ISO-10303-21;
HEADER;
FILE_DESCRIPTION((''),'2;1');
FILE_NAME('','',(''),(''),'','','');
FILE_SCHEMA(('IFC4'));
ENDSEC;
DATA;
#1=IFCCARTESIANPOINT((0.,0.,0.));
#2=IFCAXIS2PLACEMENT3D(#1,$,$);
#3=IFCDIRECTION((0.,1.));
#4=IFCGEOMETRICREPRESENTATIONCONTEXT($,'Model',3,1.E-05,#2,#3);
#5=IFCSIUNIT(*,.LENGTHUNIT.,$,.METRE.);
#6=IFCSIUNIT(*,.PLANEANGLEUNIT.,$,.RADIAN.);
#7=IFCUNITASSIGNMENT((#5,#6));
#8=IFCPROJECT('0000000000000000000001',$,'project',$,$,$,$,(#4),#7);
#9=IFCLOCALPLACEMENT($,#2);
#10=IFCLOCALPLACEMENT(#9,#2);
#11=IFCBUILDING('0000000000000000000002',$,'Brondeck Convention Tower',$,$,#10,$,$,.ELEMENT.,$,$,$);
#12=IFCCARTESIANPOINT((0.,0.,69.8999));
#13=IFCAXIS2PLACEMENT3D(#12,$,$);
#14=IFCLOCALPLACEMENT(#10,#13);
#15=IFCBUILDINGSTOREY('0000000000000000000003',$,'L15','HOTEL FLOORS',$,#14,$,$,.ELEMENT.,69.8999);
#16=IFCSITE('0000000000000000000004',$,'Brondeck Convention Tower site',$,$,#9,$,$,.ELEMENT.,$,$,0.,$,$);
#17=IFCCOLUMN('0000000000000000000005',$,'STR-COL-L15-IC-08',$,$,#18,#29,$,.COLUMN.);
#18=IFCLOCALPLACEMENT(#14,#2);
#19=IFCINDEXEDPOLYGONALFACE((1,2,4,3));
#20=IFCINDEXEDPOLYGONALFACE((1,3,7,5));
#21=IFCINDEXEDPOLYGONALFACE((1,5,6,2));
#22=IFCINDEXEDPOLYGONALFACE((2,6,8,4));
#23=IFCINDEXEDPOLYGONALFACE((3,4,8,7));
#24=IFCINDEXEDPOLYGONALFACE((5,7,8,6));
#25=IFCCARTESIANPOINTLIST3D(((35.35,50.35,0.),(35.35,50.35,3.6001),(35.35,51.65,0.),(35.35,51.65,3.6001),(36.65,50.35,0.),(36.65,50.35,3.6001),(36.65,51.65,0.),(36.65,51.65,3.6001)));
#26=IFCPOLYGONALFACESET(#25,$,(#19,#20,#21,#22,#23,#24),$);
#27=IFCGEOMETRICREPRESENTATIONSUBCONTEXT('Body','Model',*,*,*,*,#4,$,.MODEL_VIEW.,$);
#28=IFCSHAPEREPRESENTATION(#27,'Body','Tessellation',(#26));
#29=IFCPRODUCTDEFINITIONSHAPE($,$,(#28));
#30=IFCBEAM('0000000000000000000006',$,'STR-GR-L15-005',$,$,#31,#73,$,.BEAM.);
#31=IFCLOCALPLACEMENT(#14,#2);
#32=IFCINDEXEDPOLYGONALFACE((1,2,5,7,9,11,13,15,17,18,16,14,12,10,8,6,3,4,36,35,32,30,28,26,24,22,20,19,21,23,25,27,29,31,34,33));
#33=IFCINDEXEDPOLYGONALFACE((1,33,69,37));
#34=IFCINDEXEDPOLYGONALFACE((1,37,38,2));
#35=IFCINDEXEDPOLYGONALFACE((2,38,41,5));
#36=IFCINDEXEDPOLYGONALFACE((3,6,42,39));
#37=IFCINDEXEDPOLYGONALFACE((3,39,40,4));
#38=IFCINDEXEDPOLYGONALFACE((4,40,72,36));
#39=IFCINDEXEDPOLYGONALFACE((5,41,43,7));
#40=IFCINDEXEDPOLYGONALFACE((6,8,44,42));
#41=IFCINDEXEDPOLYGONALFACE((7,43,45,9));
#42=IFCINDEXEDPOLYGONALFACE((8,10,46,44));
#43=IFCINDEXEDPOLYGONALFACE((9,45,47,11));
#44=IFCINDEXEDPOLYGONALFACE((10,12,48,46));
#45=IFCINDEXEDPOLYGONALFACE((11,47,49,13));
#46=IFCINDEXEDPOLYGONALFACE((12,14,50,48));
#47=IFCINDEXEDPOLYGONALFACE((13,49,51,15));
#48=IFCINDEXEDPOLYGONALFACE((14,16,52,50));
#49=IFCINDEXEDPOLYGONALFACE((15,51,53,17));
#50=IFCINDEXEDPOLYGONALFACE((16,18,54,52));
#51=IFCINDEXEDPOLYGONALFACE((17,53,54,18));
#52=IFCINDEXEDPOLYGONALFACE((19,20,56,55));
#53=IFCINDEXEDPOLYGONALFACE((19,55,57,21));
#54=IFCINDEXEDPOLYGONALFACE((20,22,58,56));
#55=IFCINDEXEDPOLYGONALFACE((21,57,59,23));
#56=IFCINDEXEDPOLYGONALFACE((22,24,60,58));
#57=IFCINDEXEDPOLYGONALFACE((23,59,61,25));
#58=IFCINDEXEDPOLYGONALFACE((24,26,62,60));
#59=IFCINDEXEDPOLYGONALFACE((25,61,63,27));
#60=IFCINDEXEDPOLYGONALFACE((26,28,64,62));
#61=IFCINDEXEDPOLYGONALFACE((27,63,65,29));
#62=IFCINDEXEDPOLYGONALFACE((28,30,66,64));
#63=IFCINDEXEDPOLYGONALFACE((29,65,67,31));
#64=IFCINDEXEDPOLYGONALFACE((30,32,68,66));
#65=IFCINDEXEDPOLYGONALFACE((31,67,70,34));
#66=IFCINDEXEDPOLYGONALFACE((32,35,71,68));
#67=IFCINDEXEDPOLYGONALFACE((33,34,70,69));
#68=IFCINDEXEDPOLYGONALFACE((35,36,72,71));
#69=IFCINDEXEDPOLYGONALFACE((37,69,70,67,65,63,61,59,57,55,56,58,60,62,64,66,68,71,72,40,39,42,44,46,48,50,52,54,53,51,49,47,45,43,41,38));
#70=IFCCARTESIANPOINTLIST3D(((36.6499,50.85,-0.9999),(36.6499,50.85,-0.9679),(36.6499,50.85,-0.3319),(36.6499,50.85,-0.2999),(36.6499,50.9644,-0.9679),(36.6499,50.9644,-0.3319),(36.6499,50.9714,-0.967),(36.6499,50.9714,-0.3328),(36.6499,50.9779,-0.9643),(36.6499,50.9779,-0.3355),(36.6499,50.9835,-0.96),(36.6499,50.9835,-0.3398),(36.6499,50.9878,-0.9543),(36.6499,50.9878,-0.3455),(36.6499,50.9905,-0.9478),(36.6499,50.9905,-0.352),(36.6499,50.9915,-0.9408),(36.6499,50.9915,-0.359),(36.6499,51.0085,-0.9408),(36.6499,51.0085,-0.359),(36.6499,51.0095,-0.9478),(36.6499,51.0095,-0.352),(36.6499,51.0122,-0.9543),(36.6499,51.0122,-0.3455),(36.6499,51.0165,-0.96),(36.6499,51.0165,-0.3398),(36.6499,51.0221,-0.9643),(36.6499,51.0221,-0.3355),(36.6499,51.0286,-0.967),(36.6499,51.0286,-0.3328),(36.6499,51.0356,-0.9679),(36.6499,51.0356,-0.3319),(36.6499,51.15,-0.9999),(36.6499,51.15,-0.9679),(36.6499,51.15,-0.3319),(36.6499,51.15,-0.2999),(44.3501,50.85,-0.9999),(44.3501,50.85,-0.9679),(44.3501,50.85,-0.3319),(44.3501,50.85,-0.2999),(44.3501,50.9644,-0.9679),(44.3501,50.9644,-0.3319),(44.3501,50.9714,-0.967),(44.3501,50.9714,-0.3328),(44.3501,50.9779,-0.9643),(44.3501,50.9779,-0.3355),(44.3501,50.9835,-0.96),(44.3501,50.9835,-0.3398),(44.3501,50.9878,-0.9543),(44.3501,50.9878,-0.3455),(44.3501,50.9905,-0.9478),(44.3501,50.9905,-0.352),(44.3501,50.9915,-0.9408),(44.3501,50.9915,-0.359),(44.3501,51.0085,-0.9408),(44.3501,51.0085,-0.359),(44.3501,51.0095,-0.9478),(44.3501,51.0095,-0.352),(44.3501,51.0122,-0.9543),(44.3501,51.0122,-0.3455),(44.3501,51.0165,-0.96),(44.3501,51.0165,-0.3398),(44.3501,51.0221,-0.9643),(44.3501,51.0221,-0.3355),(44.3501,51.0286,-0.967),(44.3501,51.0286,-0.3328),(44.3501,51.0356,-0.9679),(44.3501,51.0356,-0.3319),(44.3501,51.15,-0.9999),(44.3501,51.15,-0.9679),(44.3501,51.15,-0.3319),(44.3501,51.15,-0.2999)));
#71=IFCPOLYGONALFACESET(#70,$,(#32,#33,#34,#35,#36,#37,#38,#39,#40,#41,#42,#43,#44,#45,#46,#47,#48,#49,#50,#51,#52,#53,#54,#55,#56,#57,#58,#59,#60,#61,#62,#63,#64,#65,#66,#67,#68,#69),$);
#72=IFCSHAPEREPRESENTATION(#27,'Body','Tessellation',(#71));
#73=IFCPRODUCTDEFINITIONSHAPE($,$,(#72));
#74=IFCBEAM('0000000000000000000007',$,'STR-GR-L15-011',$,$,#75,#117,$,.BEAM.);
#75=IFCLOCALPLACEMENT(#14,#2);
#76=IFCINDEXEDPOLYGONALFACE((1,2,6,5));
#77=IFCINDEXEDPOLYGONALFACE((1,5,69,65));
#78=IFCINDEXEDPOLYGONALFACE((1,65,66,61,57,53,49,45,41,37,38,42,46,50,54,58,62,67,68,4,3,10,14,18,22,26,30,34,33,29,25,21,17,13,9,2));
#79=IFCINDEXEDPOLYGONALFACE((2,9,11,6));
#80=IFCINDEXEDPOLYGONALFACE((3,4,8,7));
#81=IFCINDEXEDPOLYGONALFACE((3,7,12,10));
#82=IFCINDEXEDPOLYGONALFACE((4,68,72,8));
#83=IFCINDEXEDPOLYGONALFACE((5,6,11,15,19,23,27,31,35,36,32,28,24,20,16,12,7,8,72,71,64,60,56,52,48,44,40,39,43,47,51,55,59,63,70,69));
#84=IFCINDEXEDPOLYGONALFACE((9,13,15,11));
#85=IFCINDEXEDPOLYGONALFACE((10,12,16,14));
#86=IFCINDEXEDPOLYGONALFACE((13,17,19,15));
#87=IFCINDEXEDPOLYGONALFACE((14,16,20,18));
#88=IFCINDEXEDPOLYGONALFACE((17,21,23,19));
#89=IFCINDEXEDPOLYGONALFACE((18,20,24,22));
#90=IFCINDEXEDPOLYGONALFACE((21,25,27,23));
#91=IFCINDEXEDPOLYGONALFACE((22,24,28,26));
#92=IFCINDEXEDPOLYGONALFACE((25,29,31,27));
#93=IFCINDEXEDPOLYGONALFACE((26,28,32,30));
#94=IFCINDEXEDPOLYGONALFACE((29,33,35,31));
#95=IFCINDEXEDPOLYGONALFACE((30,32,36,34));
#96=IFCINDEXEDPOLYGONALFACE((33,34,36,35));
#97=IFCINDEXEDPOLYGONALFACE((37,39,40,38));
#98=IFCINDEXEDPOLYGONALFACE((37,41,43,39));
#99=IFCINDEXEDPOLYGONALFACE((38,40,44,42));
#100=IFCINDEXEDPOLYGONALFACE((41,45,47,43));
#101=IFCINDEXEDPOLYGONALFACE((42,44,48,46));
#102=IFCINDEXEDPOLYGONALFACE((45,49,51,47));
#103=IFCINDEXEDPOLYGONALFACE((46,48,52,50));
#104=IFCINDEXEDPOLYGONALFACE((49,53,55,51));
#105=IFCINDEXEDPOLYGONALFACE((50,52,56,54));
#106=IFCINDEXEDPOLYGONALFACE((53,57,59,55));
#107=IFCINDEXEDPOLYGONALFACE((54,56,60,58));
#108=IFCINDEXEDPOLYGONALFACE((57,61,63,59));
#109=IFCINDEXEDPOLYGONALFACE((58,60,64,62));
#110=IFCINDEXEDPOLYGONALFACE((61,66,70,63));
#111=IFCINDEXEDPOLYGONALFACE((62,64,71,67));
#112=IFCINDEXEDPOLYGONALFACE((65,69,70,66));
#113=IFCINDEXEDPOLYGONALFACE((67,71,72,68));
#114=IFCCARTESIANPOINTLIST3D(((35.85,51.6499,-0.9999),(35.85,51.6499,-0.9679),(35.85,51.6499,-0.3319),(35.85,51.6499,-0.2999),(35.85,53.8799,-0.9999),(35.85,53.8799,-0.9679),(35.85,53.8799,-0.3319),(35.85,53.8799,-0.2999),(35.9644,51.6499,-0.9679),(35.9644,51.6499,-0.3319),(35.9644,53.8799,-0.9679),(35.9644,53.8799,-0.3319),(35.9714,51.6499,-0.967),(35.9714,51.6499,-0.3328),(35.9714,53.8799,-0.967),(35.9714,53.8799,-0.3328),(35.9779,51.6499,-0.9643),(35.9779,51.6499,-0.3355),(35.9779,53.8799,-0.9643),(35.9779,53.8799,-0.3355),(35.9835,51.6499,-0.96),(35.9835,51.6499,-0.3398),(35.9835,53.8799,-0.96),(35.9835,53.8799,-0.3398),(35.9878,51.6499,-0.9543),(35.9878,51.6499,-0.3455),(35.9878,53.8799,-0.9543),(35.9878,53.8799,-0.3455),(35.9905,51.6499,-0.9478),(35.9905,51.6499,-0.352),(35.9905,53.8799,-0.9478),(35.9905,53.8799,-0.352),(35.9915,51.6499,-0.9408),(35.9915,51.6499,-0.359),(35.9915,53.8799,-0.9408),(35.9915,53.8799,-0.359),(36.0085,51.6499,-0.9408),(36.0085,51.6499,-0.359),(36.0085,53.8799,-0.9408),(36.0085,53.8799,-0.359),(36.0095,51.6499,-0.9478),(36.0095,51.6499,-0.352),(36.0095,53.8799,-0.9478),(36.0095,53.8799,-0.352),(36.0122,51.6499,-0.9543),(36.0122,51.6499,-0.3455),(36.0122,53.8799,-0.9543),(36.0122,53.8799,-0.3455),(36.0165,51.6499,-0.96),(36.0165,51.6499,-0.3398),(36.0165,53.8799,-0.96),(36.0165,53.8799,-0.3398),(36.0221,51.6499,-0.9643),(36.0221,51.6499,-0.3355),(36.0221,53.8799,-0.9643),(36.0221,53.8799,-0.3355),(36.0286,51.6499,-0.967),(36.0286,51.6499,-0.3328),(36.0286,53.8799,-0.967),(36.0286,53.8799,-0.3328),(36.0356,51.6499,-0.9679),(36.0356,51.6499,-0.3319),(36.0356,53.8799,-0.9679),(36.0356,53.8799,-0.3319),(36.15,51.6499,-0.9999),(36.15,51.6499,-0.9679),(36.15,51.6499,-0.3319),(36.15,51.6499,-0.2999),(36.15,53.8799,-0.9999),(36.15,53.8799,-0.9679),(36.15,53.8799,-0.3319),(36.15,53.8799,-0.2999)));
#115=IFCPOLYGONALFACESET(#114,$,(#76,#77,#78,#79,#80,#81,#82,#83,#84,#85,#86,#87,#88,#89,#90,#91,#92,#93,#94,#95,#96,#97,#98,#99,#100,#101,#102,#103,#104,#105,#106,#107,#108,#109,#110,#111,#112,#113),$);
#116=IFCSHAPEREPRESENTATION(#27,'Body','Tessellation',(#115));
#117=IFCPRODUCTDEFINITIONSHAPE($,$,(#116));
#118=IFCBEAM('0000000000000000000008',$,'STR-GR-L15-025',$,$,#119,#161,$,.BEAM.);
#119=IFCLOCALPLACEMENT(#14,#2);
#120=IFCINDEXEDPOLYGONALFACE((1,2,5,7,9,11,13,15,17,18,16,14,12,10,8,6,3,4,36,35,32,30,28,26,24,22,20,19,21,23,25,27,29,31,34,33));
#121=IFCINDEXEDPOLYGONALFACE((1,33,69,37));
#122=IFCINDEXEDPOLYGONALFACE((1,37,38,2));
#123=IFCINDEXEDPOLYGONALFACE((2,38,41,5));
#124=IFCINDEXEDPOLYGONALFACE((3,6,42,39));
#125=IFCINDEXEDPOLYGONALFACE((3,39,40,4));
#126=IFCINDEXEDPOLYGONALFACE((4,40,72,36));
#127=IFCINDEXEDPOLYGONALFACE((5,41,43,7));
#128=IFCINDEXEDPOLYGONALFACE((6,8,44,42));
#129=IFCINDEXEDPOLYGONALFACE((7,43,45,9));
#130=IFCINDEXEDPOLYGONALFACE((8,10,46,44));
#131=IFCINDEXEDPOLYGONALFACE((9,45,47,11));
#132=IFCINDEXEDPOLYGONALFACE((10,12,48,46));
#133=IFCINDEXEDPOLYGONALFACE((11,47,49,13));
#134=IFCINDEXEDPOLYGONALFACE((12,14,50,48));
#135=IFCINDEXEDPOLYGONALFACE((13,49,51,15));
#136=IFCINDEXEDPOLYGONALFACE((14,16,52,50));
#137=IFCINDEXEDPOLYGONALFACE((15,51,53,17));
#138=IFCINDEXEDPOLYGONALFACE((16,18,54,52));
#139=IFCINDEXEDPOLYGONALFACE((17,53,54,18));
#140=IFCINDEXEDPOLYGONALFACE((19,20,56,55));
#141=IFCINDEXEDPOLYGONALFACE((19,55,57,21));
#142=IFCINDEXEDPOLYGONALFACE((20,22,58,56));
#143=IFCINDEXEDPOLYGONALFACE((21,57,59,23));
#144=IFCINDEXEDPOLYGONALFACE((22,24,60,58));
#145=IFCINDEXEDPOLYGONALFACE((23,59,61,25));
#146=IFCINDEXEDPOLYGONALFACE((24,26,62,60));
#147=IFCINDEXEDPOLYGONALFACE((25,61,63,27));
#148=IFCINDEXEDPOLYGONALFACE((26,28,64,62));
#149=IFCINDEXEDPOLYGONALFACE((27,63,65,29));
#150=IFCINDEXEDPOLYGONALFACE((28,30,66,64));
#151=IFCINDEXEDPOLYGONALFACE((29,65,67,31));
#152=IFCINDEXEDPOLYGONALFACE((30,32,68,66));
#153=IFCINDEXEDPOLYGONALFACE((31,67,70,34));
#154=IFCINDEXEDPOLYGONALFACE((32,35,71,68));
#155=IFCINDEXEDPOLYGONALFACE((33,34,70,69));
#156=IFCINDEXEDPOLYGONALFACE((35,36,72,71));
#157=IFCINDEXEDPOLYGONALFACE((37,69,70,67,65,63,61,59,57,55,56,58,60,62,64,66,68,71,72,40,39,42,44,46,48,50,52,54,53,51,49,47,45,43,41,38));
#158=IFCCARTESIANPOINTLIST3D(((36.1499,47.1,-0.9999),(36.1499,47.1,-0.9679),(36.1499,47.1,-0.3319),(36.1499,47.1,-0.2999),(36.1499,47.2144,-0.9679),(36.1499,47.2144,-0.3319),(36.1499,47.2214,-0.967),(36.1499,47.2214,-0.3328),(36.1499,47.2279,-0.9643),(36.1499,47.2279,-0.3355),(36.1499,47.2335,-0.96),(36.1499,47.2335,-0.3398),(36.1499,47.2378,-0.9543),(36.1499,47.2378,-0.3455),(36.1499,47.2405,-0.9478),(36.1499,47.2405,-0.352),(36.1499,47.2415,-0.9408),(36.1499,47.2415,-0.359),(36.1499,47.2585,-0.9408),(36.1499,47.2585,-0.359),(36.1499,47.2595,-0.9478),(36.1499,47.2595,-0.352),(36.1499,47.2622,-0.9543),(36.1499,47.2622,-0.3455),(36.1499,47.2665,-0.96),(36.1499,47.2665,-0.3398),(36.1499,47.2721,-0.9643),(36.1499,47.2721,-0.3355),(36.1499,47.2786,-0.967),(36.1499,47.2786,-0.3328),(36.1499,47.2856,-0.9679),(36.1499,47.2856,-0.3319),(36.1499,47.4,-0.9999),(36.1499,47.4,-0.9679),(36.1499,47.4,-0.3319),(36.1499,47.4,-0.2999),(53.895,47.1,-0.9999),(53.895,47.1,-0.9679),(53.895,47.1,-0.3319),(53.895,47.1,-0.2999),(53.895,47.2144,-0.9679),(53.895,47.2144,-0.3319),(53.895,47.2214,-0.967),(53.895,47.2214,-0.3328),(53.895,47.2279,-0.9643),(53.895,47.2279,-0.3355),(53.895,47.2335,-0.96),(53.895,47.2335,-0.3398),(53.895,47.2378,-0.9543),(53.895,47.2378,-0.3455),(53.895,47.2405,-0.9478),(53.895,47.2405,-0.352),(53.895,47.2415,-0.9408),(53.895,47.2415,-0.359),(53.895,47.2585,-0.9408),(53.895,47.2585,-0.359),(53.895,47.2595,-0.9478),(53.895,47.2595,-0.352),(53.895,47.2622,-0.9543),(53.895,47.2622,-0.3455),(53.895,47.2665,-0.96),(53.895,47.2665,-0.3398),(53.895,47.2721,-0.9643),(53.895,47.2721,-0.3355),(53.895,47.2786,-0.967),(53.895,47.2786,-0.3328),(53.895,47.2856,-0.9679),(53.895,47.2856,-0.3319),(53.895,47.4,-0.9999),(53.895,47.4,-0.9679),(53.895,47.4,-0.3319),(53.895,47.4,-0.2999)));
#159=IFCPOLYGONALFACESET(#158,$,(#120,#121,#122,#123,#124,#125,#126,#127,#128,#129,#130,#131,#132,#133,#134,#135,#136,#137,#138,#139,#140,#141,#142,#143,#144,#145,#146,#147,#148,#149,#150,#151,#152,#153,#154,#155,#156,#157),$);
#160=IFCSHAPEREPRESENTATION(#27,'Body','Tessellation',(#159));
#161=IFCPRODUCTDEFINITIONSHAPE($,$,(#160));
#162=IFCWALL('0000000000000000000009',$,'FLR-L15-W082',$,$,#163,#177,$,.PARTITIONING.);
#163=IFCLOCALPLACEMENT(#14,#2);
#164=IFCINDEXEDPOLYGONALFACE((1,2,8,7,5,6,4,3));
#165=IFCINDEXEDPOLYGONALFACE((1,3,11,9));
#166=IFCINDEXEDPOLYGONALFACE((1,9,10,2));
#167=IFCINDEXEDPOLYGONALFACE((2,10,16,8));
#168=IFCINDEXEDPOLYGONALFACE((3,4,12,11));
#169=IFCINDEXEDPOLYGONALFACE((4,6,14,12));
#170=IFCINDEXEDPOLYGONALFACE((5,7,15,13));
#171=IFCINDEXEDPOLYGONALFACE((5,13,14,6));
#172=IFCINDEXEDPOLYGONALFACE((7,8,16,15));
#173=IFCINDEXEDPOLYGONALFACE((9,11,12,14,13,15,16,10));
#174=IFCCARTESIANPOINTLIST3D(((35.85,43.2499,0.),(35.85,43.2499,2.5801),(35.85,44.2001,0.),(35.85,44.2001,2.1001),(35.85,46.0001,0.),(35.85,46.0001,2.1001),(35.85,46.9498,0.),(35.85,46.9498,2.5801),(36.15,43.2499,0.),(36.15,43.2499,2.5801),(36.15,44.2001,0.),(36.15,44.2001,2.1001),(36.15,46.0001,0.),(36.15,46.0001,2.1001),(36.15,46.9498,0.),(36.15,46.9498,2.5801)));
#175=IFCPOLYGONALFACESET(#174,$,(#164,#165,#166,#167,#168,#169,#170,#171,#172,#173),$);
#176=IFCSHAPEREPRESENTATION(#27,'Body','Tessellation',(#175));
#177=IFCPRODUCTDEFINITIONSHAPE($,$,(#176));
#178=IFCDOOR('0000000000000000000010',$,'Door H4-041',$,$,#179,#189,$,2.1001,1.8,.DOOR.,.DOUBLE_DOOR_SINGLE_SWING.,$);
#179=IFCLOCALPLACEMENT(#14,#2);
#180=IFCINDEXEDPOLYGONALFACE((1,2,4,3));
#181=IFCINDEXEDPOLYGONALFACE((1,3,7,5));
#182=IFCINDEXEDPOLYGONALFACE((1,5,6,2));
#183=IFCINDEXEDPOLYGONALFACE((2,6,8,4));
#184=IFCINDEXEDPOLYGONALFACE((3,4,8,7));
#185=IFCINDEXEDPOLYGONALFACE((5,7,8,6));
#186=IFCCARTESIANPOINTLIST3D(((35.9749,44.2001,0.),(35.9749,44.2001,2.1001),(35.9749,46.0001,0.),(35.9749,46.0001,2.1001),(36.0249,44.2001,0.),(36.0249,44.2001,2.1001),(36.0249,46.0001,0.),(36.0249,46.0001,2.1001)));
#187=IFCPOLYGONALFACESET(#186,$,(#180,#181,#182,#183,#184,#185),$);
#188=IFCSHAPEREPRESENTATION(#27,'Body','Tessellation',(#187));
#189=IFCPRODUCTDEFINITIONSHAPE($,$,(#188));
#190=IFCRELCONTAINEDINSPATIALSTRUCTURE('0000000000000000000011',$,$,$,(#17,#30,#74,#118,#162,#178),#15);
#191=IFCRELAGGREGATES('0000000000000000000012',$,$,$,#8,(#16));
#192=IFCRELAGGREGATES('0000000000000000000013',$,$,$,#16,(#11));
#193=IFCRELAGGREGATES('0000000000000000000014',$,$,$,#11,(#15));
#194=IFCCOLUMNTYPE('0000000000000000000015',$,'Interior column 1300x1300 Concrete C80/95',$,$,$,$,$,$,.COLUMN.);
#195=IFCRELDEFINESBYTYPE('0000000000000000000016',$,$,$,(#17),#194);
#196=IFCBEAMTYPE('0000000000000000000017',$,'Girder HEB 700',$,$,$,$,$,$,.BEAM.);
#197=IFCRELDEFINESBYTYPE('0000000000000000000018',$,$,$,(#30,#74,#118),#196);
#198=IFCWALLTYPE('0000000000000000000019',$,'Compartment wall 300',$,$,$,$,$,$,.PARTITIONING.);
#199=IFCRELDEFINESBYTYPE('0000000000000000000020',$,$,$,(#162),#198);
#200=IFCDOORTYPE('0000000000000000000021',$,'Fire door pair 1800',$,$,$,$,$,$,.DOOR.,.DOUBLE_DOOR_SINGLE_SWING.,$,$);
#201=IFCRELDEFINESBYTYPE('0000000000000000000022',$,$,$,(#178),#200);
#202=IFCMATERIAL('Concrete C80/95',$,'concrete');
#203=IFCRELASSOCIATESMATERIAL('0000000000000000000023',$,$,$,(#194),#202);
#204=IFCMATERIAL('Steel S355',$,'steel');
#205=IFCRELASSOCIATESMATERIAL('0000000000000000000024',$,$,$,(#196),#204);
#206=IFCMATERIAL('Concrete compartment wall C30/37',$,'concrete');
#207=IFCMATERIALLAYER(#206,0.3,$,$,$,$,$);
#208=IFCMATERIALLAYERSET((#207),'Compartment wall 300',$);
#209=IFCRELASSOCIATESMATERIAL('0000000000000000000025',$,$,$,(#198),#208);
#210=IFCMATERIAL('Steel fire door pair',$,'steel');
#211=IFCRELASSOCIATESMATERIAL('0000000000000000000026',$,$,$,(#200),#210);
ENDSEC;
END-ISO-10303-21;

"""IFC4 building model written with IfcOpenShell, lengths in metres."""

from ifc_helpers import new_model, si_unit, direction, frame, frame_2d, origin, origin_2d, place, context, subcontext, project, spatial, rectangle, i_section, extrude, material, layer, layer_set, material_profile, profile_set, type_object, element, fill, save


model = new_model("IFC4")

# Units and contexts
model_context = context("Model", 3, precision=1e-05, world=origin(), true_north=direction((0.0, 1.0)))
body_context = subcontext(model_context, "Body", "Model", "MODEL_VIEW")
ifc_project = project(units=[si_unit("LENGTHUNIT", "METRE"), si_unit("PLANEANGLEUNIT", "RADIAN")], contexts=[model_context])

# Site, building, storey
site_placement = place(None, origin())
site = spatial("IfcSite", under=ifc_project, at=site_placement, Name="Brondeck Convention Tower site", CompositionType="ELEMENT", RefElevation=0.0)
building_placement = place(site_placement, origin())
building = spatial("IfcBuilding", under=site, at=building_placement, Name="Brondeck Convention Tower", CompositionType="ELEMENT")
storey_placement = place(building_placement, frame((0.0, 0.0, 69.8999)))
storey = spatial("IfcBuildingStorey", under=building, at=storey_placement, Name="L15", Description="HOTEL FLOORS", CompositionType="ELEMENT", Elevation=69.8999)

# Column
ifc_material_1 = material(Name="Concrete C80/95", Category="concrete")
ifc_material_profile_1 = material_profile(ifc_material_1, rectangle(XDim=1.3, YDim=1.3, at=origin_2d()), Name="Interior column 1300x1300 Concrete C80/95")
ifc_profile_set_1 = profile_set([ifc_material_profile_1], Name="Concrete C80/95")
column_type = type_object("IfcColumnType", Name="Interior column 1300x1300 Concrete C80/95", PredefinedType="COLUMN", material=ifc_profile_set_1)
column_placement = place(storey_placement, frame((36.0, 51.0, 0.0), z_axis=(0.0, 0.0, 1.0), x_axis=(1.0, 0.0, 0.0)))
element("IfcColumn", 1, at=column_placement, inside=storey, type_object=column_type, Name="STR-COL-L15-IC-08", PredefinedType="COLUMN", context=body_context, shape_type="SweptSolid", body=[
    extrude(rectangle(XDim=1.3, YDim=1.3, at=origin_2d()), origin(), (0.0, 0.0, 1.0), 3.6001),
])

# Beams
ifc_material_2 = material(Name="Steel S355", Category="steel")
ifc_material_profile_2 = material_profile(ifc_material_2, i_section(OverallWidth=0.3, OverallDepth=0.7, WebThickness=0.0171, FlangeThickness=0.032, FilletRadius=0.0271, at=origin_2d()), Name="HEB 700")
ifc_profile_set_2 = profile_set([ifc_material_profile_2], Name="Steel S355")
beam_type = type_object("IfcBeamType", Name="Girder HEB 700", PredefinedType="BEAM", material=ifc_profile_set_2)
beam_1_placement = place(storey_placement, frame((36.6499, 51.0, -0.6499), z_axis=(1.0, 0.0, 0.0), x_axis=(0.0, 1.0, 0.0)))
element("IfcBeam", 2, at=beam_1_placement, inside=storey, type_object=beam_type, Name="STR-GR-L15-005", PredefinedType="BEAM", context=body_context, shape_type="SweptSolid", body=[
    extrude(i_section(OverallWidth=0.3, OverallDepth=0.7, WebThickness=0.0171, FlangeThickness=0.032, FilletRadius=0.0271, at=origin_2d()), origin(), (0.0, 0.0, 1.0), 7.7002),
])
beam_2_placement = place(storey_placement, frame((36.0, 51.6499, -0.6499), z_axis=(0.0, 1.0, 0.0), x_axis=(-1.0, 0.0, 0.0)))
element("IfcBeam", 3, at=beam_2_placement, inside=storey, type_object=beam_type, Name="STR-GR-L15-011", PredefinedType="BEAM", context=body_context, shape_type="SweptSolid", body=[
    extrude(i_section(OverallWidth=0.3, OverallDepth=0.7, WebThickness=0.0171, FlangeThickness=0.032, FilletRadius=0.0271, at=origin_2d()), origin(), (0.0, 0.0, 1.0), 2.23),
])
beam_3_placement = place(storey_placement, frame((36.1499, 47.25, -0.6499), z_axis=(1.0, 0.0, 0.0), x_axis=(0.0, 1.0, 0.0)))
element("IfcBeam", 4, at=beam_3_placement, inside=storey, type_object=beam_type, Name="STR-GR-L15-025", PredefinedType="BEAM", context=body_context, shape_type="SweptSolid", body=[
    extrude(i_section(OverallWidth=0.3, OverallDepth=0.7, WebThickness=0.0171, FlangeThickness=0.032, FilletRadius=0.0271, at=origin_2d()), origin(), (0.0, 0.0, 1.0), 17.7451),
])

# Wall, opening, door
ifc_material_3 = material(Name="Concrete compartment wall C30/37", Category="concrete")
ifc_layer_1 = layer(ifc_material_3, 0.3)
ifc_layer_set_1 = layer_set([ifc_layer_1], Name="Compartment wall 300")
wall_type_1 = type_object("IfcWallType", Name="Compartment wall 300", PredefinedType="PARTITIONING", material=ifc_layer_set_1)
wall_1_placement = place(storey_placement, frame((36.0, 46.95, 0.0), z_axis=(0.0, 0.0, 1.0), x_axis=(0.0, -1.0, 0.0)))
wall_1 = element("IfcWall", 5, at=wall_1_placement, inside=storey, type_object=wall_type_1, Name="FLR-L15-W082", PredefinedType="PARTITIONING", context=body_context, shape_type="SweptSolid", body=[
    extrude(rectangle(XDim=3.7, YDim=0.3, at=frame_2d((1.8501, 0.0))), origin(), (0.0, 0.0, 1.0), 2.5801),
])
opening_1_placement = place(wall_1_placement, frame((0.95, 0.0, 0.0)))
opening_1 = element("IfcOpeningElement", 6, at=opening_1_placement, cuts=wall_1, PredefinedType="OPENING", context=body_context, shape_type="SweptSolid", body=[
    extrude(rectangle(XDim=1.8, YDim=2.1001, at=frame_2d((0.8999, 1.05))), frame((0.0, 0.1599, 0.0), z_axis=(0.0, -1.0, 0.0), x_axis=(1.0, 0.0, 0.0)), (0.0, 0.0, 1.0), 0.3201),
])
ifc_material_4 = material(Name="Steel fire door pair", Category="steel")
door_type_1 = type_object("IfcDoorType", Name="Fire door pair 1800", OperationType="DOUBLE_DOOR_SINGLE_SWING", PredefinedType="DOOR", material=ifc_material_4)
door_1_placement = place(opening_1_placement, origin())
door_1 = element("IfcDoor", 7, at=door_1_placement, inside=storey, type_object=door_type_1, Name="Door H4-041", OperationType="DOUBLE_DOOR_SINGLE_SWING", OverallHeight=2.1001, OverallWidth=1.8, PredefinedType="DOOR", context=body_context, shape_type="SweptSolid", body=[
    extrude(rectangle(XDim=1.8, YDim=2.1001, at=frame_2d((0.8999, 1.05))), frame((0.0, 0.0249, 0.0), z_axis=(0.0, -1.0, 0.0), x_axis=(1.0, 0.0, 0.0)), (0.0, 0.0, 1.0), 0.05),
])
fill(opening_1, door_1)

save(model, "model.ifc")
